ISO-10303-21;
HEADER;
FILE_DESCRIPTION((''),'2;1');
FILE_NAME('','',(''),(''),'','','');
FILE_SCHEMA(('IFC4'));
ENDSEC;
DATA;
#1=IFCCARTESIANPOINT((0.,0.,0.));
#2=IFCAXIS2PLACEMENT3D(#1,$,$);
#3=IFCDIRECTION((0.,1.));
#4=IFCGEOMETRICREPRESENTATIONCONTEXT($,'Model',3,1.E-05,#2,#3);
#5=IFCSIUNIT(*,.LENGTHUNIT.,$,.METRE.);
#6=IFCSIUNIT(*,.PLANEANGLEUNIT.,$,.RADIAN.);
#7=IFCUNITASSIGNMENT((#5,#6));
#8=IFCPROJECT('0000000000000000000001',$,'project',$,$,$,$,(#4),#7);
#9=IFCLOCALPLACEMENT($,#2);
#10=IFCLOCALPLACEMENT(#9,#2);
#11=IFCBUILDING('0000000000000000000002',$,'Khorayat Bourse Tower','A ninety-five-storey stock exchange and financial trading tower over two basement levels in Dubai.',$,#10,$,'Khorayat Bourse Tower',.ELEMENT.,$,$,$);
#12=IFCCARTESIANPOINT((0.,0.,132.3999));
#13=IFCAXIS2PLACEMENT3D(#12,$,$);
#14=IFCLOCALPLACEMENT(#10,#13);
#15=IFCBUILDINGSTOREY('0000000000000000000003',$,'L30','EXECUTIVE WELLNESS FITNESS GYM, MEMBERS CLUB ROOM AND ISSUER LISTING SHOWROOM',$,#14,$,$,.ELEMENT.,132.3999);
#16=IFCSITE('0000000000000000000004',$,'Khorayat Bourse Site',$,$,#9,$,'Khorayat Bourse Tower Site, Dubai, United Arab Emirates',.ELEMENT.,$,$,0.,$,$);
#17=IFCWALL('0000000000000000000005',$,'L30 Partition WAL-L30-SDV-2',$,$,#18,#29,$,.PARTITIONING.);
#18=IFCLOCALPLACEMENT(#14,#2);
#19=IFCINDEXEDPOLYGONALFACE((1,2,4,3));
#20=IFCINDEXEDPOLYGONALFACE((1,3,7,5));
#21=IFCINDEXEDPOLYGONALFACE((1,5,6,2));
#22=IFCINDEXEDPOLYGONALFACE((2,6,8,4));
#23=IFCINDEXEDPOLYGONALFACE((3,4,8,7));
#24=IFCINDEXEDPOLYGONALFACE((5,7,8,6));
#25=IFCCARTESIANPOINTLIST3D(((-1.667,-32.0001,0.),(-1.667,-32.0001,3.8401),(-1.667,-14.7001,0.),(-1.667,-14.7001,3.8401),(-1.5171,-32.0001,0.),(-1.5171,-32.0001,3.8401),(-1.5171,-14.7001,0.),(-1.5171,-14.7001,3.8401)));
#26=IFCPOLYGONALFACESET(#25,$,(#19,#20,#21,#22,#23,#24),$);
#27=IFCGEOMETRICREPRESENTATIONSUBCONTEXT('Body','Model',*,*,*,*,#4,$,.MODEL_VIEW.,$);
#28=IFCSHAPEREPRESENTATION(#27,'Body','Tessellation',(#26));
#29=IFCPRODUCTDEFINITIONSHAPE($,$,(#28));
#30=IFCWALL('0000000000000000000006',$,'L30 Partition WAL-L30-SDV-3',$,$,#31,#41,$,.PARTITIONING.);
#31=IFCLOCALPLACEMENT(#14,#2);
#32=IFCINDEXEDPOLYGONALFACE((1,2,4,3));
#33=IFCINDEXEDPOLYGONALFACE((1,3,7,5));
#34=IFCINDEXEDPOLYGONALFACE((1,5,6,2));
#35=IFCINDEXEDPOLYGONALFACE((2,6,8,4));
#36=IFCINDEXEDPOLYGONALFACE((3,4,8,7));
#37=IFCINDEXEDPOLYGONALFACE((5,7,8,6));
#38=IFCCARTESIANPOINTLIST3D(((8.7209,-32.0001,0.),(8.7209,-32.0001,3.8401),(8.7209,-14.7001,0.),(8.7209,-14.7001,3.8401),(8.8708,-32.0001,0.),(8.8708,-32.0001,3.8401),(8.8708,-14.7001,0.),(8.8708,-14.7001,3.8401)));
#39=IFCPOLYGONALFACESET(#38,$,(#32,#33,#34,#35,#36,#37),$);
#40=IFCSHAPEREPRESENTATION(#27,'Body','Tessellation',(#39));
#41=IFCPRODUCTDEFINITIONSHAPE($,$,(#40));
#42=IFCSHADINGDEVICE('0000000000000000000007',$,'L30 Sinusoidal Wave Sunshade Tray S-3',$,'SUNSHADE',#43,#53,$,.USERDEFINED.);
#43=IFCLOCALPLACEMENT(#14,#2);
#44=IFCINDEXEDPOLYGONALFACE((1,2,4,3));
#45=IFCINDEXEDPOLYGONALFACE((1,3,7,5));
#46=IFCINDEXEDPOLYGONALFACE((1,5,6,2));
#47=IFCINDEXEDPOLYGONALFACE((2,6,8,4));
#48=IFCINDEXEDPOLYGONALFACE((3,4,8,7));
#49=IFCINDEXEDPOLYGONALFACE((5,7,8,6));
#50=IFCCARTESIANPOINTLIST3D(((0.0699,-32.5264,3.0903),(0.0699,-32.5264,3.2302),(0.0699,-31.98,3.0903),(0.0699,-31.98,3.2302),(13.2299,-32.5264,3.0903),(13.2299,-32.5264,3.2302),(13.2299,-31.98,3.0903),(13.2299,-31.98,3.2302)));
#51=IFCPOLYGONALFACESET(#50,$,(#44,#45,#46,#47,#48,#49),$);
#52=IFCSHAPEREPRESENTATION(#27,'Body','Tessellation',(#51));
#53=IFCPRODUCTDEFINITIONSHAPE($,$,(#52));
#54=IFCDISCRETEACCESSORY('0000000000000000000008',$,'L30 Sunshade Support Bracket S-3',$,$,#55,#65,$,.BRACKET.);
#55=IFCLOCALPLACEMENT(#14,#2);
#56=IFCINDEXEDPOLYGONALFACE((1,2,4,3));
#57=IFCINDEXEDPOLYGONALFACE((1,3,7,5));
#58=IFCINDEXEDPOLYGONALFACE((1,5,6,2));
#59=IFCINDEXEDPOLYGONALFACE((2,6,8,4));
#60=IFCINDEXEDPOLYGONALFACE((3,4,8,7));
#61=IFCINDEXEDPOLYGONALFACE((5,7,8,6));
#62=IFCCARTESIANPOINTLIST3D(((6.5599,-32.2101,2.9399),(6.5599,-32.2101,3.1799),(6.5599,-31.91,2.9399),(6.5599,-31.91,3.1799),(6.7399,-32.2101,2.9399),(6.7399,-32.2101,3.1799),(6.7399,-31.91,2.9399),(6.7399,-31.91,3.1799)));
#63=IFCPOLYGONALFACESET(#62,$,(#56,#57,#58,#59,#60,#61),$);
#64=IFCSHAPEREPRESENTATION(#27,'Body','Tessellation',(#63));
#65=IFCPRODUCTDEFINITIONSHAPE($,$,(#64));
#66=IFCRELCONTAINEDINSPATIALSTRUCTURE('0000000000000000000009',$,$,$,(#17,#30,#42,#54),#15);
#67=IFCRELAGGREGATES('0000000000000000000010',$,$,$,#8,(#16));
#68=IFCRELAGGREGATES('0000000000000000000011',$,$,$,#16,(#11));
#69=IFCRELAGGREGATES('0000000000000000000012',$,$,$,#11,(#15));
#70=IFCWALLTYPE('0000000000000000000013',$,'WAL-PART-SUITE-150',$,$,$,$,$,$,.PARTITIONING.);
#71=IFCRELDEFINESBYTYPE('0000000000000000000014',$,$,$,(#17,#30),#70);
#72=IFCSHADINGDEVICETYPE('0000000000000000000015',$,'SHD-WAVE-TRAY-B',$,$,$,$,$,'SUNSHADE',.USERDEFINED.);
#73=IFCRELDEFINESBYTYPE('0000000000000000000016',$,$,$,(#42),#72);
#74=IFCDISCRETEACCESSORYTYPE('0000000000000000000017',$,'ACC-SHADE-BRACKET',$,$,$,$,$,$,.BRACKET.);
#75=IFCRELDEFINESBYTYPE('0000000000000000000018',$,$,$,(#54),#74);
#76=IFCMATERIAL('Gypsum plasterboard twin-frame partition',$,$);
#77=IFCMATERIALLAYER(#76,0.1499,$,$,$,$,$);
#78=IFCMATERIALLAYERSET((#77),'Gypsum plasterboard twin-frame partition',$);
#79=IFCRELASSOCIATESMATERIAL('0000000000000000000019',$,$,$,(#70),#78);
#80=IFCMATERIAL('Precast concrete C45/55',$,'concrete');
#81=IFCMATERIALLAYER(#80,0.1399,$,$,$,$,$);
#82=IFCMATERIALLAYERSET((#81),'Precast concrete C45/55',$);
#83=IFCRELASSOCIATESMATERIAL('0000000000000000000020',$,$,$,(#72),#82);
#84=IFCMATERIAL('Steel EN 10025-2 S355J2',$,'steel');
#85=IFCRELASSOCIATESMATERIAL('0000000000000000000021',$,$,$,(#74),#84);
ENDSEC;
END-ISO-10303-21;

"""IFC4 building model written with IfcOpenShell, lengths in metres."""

from ifc_helpers import new_model, si_unit, direction, frame, frame_2d, origin, origin_2d, place, context, subcontext, project, spatial, rectangle, extrude, source, transform, mapped, material, layer, layer_set, type_object, element, save


model = new_model("IFC4")

# Units and contexts
model_context = context("Model", 3, precision=1e-05, world=origin(), true_north=direction((0.0, 1.0)))
body_context = subcontext(model_context, "Body", "Model", "MODEL_VIEW")
ifc_project = project(units=[si_unit("LENGTHUNIT", "METRE"), si_unit("PLANEANGLEUNIT", "RADIAN")], contexts=[model_context])

# Site, building, storey
site_placement = place(None, origin())
site = spatial("IfcSite", under=ifc_project, at=site_placement, Name="Khorayat Bourse Site", LongName="Khorayat Bourse Tower Site, Dubai, United Arab Emirates", CompositionType="ELEMENT", RefElevation=0.0)
building_placement = place(site_placement, origin())
building = spatial("IfcBuilding", under=site, at=building_placement, Name="Khorayat Bourse Tower", Description="A ninety-five-storey stock exchange and financial trading tower over two basement levels in Dubai.", LongName="Khorayat Bourse Tower", CompositionType="ELEMENT")
storey_placement = place(building_placement, frame((0.0, 0.0, 132.3999)))
storey = spatial("IfcBuildingStorey", under=building, at=storey_placement, Name="L30", Description="EXECUTIVE WELLNESS FITNESS GYM, MEMBERS CLUB ROOM AND ISSUER LISTING SHOWROOM", CompositionType="ELEMENT", Elevation=132.3999)

# Shared definitions
ifc_material_1 = material(Name="Steel EN 10025-2 S355J2", Category="steel")

# Walls
ifc_material_2 = material(Name="Gypsum plasterboard twin-frame partition")
ifc_layer_1 = layer(ifc_material_2, 0.1499)
ifc_layer_set_1 = layer_set([ifc_layer_1], Name="Gypsum plasterboard twin-frame partition")
wall_type_1 = type_object("IfcWallType", Name="WAL-PART-SUITE-150", PredefinedType="PARTITIONING", material=ifc_layer_set_1)
shared_shape_1 = source(origin(), body_context, "Body", "SweptSolid", [
    extrude(rectangle(XDim=17.3, YDim=0.1499, at=frame_2d((8.6499, 0.0))), origin(), (0.0, 0.0, 1.0), 3.8401),
])
for number, where, z_axis, x_axis, name in (
    (1, (-1.592, -32.0, 0.0), (0.0, 0.0, 1.0), (0.0, 1.0, 0.0), "L30 Partition WAL-L30-SDV-2"),
    (2, (8.7959, -32.0, 0.0), (0.0, 0.0, 1.0), (0.0, 1.0, 0.0), "L30 Partition WAL-L30-SDV-3"),
):
    element("IfcWall", number, at=place(storey_placement, frame(where, z_axis=z_axis, x_axis=x_axis)), inside=storey, type_object=wall_type_1, Name=name, PredefinedType="PARTITIONING", context=body_context, shape_type="MappedRepresentation", body=[
        mapped(shared_shape_1, transform((0.0, 0.0, 0.0), scale=1.0)),
    ])

# Shading device
ifc_material_3 = material(Name="Precast concrete C45/55", Category="concrete")
ifc_layer_2 = layer(ifc_material_3, 0.1399)
ifc_layer_set_2 = layer_set([ifc_layer_2], Name="Precast concrete C45/55")
shading_device_type = type_object("IfcShadingDeviceType", Name="SHD-WAVE-TRAY-B", ElementType="SUNSHADE", PredefinedType="USERDEFINED", material=ifc_layer_set_2)
shared_shape_2 = source(origin(), body_context, "Body", "SweptSolid", [
    extrude(rectangle(XDim=13.1599, YDim=0.5464, at=origin_2d()), origin(), (0.0, 0.0, 1.0), 0.1399),
])
shading_device_placement = place(storey_placement, frame((6.6499, -32.2532, 3.0903), z_axis=(0.0, 0.0, 1.0), x_axis=(1.0, 0.0, 0.0)))
element("IfcShadingDevice", 3, at=shading_device_placement, inside=storey, type_object=shading_device_type, Name="L30 Sinusoidal Wave Sunshade Tray S-3", ObjectType="SUNSHADE", PredefinedType="USERDEFINED", context=body_context, shape_type="MappedRepresentation", body=[
    mapped(shared_shape_2, transform((0.0, 0.0, 0.0), scale=1.0)),
])

# Discrete accessory
discrete_accessory_type = type_object("IfcDiscreteAccessoryType", Name="ACC-SHADE-BRACKET", PredefinedType="BRACKET", material=ifc_material_1)
shared_shape_3 = source(origin(), body_context, "Body", "SweptSolid", [
    extrude(rectangle(XDim=0.1799, YDim=0.3, at=origin_2d()), origin(), (0.0, 0.0, 1.0), 0.24),
])
discrete_accessory_placement = place(storey_placement, frame((6.6499, -32.0601, 2.9399), z_axis=(0.0, 0.0, 1.0), x_axis=(1.0, 0.0, 0.0)))
element("IfcDiscreteAccessory", 4, at=discrete_accessory_placement, inside=storey, type_object=discrete_accessory_type, Name="L30 Sunshade Support Bracket S-3", PredefinedType="BRACKET", context=body_context, shape_type="MappedRepresentation", body=[
    mapped(shared_shape_3, transform((0.0, 0.0, 0.0), scale=1.0)),
])

save(model, "model.ifc")
